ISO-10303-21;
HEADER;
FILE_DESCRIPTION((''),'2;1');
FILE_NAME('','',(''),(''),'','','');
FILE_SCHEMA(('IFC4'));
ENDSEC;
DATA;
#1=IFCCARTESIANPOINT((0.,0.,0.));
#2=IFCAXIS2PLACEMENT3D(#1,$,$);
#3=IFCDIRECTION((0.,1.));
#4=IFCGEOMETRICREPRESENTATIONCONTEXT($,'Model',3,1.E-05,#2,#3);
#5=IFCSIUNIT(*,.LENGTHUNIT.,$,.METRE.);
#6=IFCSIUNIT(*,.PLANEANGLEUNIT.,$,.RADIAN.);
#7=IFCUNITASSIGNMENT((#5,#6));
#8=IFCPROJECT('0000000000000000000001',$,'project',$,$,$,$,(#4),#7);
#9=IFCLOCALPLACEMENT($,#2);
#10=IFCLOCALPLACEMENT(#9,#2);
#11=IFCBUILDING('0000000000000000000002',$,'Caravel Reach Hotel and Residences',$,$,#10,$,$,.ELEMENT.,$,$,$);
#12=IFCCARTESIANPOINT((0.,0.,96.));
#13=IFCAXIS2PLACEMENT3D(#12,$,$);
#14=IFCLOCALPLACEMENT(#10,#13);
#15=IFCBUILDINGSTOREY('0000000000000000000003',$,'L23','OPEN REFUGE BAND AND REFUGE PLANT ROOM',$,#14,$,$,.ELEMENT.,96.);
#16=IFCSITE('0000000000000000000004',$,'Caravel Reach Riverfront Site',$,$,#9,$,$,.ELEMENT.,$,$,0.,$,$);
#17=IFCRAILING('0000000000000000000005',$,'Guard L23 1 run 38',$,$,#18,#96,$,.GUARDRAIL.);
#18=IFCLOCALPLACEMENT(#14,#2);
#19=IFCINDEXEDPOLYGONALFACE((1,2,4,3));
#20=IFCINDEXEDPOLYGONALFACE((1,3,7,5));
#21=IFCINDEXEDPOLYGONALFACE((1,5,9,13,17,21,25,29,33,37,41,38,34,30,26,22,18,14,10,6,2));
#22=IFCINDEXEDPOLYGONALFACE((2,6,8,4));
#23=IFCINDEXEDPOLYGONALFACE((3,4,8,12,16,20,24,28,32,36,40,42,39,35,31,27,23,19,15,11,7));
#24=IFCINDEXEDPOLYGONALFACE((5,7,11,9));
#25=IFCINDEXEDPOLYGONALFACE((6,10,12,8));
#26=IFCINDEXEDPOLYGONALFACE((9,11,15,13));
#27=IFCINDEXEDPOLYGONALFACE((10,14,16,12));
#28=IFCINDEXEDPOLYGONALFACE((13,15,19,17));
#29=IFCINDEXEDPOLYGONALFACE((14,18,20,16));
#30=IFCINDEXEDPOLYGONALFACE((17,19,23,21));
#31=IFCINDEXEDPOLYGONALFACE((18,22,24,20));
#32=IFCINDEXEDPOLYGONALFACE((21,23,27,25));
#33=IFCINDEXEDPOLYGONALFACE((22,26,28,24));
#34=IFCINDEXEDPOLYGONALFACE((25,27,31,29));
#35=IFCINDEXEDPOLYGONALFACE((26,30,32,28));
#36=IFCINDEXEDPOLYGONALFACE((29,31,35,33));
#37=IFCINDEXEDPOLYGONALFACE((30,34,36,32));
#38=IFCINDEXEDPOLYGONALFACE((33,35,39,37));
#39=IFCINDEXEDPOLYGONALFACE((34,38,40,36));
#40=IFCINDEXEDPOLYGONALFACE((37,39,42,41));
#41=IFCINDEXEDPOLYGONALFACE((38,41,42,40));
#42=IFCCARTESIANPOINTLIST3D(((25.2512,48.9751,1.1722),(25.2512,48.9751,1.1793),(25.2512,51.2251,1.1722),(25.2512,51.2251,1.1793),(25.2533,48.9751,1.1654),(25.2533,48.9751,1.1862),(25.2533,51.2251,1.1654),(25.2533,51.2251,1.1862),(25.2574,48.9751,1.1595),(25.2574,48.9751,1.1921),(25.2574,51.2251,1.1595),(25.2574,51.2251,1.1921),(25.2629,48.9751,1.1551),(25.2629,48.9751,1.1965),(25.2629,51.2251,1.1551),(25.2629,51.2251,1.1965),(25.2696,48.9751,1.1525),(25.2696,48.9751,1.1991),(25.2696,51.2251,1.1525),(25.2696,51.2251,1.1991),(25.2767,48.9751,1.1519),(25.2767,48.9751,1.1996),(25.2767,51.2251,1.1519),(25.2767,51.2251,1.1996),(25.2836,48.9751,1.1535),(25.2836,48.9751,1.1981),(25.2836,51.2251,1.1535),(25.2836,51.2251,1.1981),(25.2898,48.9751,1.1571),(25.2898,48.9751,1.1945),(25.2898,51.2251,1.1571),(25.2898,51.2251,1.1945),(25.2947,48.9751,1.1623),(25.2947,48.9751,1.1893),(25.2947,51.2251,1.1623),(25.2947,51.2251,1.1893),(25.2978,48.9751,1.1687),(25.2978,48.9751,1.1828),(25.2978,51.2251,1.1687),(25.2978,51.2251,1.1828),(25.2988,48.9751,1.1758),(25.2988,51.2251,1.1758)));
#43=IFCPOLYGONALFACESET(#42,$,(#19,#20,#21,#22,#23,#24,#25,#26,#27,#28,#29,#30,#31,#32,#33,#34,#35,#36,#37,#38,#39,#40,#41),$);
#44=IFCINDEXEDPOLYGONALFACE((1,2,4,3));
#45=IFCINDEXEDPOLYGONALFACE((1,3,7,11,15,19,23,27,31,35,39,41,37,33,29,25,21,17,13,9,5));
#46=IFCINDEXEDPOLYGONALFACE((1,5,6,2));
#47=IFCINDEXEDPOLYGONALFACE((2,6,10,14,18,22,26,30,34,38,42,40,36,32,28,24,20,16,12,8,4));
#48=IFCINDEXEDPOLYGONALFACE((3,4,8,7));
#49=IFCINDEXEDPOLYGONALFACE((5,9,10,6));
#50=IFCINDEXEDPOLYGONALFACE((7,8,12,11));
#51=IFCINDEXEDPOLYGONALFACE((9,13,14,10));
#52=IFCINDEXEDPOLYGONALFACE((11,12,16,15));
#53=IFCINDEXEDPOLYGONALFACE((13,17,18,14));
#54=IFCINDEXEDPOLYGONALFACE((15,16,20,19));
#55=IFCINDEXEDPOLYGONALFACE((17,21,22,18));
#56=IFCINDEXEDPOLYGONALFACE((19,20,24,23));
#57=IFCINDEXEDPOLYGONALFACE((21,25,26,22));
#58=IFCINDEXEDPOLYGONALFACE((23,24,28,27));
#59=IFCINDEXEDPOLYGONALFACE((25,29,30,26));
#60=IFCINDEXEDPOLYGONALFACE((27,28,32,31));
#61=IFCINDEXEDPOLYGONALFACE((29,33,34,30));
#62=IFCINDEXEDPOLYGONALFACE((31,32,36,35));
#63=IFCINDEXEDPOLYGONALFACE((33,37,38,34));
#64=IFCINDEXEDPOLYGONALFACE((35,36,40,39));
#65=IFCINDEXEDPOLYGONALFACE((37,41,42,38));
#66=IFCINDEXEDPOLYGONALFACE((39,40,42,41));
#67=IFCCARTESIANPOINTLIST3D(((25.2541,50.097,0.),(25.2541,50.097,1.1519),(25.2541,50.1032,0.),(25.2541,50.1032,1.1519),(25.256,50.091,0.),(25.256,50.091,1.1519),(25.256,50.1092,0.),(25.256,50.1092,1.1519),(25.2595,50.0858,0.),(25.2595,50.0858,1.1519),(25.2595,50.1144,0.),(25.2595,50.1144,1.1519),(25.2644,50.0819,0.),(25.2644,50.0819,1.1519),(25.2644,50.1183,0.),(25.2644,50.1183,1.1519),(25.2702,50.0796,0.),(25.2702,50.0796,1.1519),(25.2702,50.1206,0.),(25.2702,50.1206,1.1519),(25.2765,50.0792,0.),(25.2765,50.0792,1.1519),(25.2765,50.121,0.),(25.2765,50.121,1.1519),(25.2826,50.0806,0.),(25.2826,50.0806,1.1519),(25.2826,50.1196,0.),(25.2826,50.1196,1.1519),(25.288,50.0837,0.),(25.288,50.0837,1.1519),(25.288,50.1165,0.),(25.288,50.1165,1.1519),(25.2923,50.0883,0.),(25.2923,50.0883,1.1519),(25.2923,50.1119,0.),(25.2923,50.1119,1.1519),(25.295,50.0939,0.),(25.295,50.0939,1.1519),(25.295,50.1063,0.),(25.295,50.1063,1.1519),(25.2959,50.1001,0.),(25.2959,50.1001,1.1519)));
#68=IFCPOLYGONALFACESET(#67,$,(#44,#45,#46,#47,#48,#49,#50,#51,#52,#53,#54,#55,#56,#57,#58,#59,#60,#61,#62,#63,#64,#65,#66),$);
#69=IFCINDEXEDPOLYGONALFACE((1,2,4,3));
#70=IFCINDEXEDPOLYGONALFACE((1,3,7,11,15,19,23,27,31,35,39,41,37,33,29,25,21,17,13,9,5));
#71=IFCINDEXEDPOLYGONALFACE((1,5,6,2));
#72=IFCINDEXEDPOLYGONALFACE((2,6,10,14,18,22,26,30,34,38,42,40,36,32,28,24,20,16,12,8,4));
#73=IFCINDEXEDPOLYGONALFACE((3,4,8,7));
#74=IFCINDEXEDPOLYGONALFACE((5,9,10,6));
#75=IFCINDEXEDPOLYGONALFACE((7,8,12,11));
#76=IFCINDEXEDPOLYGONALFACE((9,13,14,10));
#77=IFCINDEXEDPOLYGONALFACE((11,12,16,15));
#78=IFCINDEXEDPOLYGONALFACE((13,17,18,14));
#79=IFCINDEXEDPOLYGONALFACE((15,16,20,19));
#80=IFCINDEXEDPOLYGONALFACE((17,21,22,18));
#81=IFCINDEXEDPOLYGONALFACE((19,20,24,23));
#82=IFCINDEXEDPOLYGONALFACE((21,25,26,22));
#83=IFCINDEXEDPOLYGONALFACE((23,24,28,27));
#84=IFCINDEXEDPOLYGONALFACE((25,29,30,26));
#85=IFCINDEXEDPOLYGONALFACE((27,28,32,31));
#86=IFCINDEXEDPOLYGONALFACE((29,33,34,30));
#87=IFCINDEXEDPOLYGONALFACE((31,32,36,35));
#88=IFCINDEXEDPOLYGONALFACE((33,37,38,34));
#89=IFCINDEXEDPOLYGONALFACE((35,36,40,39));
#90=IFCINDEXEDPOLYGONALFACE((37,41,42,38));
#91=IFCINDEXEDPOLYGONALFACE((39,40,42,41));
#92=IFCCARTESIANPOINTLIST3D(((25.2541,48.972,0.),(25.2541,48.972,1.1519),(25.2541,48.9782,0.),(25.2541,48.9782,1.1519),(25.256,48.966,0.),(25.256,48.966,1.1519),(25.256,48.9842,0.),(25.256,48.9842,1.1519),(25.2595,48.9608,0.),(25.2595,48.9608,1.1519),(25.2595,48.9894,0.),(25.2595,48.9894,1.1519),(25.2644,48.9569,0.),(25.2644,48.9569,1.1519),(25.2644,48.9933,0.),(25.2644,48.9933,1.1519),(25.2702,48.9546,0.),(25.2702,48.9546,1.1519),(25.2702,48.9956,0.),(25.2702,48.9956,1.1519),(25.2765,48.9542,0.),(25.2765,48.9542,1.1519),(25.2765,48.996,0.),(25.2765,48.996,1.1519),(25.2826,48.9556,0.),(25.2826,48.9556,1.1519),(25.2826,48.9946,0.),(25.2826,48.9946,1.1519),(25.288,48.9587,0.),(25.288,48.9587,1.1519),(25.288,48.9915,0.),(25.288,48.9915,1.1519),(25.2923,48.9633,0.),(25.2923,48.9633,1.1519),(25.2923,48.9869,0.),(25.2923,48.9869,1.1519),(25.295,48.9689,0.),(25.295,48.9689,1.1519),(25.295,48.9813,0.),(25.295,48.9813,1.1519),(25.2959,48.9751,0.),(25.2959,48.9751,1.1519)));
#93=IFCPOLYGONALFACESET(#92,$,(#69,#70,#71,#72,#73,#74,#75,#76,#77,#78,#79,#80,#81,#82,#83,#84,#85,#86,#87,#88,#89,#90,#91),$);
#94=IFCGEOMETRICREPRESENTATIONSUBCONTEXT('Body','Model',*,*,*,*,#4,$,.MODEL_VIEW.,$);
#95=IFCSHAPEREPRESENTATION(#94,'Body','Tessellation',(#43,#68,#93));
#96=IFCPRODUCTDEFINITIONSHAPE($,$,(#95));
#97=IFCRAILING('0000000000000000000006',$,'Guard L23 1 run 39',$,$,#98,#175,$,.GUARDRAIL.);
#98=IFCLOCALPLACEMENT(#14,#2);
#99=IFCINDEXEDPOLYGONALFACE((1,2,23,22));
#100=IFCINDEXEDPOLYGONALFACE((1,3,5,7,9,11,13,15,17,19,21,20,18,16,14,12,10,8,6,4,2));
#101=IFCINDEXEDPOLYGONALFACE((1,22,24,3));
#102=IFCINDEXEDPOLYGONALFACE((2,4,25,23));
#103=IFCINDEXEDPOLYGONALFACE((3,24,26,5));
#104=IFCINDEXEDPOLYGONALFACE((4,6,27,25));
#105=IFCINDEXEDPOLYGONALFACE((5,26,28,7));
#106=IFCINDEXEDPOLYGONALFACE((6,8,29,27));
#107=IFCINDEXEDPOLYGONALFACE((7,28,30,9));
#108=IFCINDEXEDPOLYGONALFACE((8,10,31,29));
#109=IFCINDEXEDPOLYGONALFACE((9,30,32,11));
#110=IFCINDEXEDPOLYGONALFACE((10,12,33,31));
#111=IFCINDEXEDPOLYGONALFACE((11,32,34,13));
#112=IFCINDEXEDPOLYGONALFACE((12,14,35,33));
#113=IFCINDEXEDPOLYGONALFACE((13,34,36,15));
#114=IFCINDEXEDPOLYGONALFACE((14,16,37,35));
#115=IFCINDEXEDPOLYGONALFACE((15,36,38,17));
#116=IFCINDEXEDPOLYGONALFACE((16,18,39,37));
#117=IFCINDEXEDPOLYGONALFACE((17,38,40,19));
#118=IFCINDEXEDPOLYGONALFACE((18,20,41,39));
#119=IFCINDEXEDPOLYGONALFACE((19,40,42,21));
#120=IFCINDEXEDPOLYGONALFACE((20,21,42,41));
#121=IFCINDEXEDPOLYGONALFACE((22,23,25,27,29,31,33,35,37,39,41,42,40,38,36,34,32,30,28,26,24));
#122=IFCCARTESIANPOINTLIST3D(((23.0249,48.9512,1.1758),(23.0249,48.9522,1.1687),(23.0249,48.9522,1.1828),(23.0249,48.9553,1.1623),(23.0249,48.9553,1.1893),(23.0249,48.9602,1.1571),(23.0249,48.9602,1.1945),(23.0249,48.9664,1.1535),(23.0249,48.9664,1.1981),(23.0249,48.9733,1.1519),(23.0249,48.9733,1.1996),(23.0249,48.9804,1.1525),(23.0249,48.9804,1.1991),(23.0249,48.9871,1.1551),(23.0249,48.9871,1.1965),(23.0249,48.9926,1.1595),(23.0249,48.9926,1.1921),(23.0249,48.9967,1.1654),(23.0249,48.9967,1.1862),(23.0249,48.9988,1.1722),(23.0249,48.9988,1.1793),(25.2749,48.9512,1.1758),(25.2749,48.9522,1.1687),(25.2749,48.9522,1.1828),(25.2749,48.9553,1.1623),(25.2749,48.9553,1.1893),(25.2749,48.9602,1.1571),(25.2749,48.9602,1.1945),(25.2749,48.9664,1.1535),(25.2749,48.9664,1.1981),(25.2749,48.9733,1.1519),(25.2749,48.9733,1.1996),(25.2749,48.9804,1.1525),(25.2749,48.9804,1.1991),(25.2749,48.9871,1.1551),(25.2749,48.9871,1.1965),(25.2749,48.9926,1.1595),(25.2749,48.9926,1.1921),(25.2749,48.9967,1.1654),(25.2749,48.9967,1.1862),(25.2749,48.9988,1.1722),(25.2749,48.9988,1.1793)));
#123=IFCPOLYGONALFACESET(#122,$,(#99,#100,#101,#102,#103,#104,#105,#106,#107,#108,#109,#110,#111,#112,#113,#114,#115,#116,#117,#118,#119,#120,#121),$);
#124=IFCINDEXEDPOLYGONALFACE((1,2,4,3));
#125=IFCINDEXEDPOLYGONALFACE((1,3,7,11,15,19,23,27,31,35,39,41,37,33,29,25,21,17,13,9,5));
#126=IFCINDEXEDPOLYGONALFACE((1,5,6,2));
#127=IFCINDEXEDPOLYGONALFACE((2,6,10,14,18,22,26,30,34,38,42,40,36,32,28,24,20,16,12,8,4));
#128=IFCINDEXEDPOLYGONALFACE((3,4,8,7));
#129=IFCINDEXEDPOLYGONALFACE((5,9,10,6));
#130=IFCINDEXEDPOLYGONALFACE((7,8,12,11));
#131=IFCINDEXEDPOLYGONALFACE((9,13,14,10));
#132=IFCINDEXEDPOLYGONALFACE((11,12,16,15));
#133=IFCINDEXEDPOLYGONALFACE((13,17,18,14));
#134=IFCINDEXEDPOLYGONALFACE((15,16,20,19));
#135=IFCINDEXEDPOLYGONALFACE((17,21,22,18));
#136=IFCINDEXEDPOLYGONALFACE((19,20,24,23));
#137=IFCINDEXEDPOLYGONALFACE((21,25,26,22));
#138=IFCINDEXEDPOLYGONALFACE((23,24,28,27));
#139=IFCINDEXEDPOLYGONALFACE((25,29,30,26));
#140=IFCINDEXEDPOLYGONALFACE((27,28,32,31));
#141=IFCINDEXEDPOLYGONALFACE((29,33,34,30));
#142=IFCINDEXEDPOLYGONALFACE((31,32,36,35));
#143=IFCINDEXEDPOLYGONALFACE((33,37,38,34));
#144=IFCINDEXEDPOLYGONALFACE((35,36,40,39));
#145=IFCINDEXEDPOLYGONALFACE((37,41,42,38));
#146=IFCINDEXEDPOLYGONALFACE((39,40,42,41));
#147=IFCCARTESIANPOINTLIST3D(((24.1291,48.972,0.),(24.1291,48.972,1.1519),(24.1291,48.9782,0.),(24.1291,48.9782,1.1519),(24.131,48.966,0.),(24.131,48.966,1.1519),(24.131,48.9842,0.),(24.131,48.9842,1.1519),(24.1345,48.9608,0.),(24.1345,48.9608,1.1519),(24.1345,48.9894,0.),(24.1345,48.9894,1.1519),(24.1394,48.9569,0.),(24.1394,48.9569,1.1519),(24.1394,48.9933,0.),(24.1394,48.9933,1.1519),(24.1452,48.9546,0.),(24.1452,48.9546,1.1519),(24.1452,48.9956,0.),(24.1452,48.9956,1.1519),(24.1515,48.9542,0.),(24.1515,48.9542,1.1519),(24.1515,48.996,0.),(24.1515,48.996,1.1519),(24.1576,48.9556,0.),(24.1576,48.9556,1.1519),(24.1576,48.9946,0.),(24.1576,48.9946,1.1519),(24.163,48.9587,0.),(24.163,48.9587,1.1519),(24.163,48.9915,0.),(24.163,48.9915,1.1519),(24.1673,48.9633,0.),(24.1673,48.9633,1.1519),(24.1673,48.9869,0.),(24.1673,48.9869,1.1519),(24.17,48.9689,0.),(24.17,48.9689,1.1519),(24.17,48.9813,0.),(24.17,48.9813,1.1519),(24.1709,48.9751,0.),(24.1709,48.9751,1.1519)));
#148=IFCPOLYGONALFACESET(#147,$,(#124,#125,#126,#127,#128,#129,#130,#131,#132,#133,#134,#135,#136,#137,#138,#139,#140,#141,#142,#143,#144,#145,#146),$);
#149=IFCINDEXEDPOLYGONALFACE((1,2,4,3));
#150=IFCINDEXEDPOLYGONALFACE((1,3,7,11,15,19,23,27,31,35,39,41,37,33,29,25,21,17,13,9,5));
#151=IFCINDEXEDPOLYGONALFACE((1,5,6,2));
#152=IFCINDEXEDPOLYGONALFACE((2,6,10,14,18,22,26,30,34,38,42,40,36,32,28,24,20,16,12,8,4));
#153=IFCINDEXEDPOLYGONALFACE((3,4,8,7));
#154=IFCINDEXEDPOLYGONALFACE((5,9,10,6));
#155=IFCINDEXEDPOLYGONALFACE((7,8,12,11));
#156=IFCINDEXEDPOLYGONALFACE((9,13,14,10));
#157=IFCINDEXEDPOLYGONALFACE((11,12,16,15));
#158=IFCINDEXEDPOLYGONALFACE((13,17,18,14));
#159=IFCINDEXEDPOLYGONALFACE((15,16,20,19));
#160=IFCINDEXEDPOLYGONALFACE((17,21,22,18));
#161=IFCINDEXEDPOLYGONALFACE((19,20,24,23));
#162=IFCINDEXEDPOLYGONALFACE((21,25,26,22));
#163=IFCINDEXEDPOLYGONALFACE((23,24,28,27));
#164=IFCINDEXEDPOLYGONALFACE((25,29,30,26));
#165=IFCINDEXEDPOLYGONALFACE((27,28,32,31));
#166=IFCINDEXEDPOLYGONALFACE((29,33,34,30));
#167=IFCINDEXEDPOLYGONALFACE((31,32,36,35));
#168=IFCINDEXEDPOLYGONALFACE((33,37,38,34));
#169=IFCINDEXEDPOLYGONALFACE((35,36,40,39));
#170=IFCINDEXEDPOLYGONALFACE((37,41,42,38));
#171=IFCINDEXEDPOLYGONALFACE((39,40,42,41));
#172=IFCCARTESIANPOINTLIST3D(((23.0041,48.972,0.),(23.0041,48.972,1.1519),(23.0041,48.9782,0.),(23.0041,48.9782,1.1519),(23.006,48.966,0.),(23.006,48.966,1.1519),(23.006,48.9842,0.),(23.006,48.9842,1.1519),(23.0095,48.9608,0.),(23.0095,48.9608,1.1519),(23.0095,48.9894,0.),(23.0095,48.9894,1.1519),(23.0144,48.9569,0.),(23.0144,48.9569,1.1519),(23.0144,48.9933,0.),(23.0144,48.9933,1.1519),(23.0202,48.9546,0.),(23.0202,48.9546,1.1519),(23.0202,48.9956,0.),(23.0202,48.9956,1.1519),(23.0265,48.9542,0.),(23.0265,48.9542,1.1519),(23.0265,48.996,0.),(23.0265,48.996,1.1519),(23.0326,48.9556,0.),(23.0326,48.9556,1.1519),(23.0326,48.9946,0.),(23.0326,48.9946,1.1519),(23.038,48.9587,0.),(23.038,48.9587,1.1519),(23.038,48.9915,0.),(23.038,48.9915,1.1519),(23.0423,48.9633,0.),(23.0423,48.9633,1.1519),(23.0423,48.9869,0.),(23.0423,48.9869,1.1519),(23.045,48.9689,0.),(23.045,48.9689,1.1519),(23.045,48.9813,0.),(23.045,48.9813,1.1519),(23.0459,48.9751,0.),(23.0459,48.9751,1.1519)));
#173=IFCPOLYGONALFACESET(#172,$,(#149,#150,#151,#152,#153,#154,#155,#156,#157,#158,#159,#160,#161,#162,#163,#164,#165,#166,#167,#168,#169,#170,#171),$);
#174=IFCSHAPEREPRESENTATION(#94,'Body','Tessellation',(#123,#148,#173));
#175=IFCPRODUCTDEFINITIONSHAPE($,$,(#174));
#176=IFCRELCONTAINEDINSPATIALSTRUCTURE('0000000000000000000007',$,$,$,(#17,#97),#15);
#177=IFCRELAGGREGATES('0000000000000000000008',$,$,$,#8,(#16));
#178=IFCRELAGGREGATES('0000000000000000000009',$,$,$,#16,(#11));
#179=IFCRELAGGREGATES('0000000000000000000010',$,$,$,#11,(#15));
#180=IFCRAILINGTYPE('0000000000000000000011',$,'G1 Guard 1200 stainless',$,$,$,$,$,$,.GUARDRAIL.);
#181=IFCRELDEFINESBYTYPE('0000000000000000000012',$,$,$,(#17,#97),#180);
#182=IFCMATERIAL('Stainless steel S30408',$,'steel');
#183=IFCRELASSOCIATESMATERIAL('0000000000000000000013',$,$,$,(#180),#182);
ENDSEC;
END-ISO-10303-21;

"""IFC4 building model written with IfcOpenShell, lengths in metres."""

from ifc_helpers import new_model, si_unit, direction, frame, origin, origin_2d, place, context, subcontext, project, spatial, circle, extrude, material, type_object, element, save


model = new_model("IFC4")

# Units and contexts
model_context = context("Model", 3, precision=1e-05, world=origin(), true_north=direction((0.0, 1.0)))
body_context = subcontext(model_context, "Body", "Model", "MODEL_VIEW")
ifc_project = project(units=[si_unit("LENGTHUNIT", "METRE"), si_unit("PLANEANGLEUNIT", "RADIAN")], contexts=[model_context])

# Site, building, storey
site_placement = place(None, origin())
site = spatial("IfcSite", under=ifc_project, at=site_placement, Name="Caravel Reach Riverfront Site", CompositionType="ELEMENT", RefElevation=0.0)
building_placement = place(site_placement, origin())
building = spatial("IfcBuilding", under=site, at=building_placement, Name="Caravel Reach Hotel and Residences", CompositionType="ELEMENT")
storey_placement = place(building_placement, frame((0.0, 0.0, 96.0)))
storey = spatial("IfcBuildingStorey", under=building, at=storey_placement, Name="L23", Description="OPEN REFUGE BAND AND REFUGE PLANT ROOM", CompositionType="ELEMENT", Elevation=96.0)

# Railings
ifc_material_1 = material(Name="Stainless steel S30408", Category="steel")
railing_type = type_object("IfcRailingType", Name="G1 Guard 1200 stainless", PredefinedType="GUARDRAIL", material=ifc_material_1)
railing_1_placement = place(storey_placement, frame((25.2749, 51.2251, 0.0)))
element("IfcRailing", 1, at=railing_1_placement, inside=storey, type_object=railing_type, Name="Guard L23 1 run 38", PredefinedType="GUARDRAIL", context=body_context, shape_type="SweptSolid", body=[
    extrude(circle(Radius=0.0239, at=origin_2d()), frame((0.0, 0.0, 1.1758), z_axis=(0.0, -1.0, 0.0), x_axis=(1.0, 0.0, 0.0)), (0.0, 0.0, 1.0), 2.25),
    extrude(circle(Radius=0.021, at=origin_2d()), frame((0.0, -1.125, 0.0)), (0.0, 0.0, 1.0), 1.1519),
    extrude(circle(Radius=0.021, at=origin_2d()), frame((0.0, -2.25, 0.0)), (0.0, 0.0, 1.0), 1.1519),
])
railing_2_placement = place(storey_placement, frame((25.2749, 48.9751, 0.0)))
element("IfcRailing", 2, at=railing_2_placement, inside=storey, type_object=railing_type, Name="Guard L23 1 run 39", PredefinedType="GUARDRAIL", context=body_context, shape_type="SweptSolid", body=[
    extrude(circle(Radius=0.0239, at=origin_2d()), frame((0.0, 0.0, 1.1758), z_axis=(-1.0, 0.0, 0.0), x_axis=(0.0, -1.0, 0.0)), (0.0, 0.0, 1.0), 2.25),
    extrude(circle(Radius=0.021, at=origin_2d()), frame((-1.125, 0.0, 0.0)), (0.0, 0.0, 1.0), 1.1519),
    extrude(circle(Radius=0.021, at=origin_2d()), frame((-2.25, 0.0, 0.0)), (0.0, 0.0, 1.0), 1.1519),
])

save(model, "model.ifc")
